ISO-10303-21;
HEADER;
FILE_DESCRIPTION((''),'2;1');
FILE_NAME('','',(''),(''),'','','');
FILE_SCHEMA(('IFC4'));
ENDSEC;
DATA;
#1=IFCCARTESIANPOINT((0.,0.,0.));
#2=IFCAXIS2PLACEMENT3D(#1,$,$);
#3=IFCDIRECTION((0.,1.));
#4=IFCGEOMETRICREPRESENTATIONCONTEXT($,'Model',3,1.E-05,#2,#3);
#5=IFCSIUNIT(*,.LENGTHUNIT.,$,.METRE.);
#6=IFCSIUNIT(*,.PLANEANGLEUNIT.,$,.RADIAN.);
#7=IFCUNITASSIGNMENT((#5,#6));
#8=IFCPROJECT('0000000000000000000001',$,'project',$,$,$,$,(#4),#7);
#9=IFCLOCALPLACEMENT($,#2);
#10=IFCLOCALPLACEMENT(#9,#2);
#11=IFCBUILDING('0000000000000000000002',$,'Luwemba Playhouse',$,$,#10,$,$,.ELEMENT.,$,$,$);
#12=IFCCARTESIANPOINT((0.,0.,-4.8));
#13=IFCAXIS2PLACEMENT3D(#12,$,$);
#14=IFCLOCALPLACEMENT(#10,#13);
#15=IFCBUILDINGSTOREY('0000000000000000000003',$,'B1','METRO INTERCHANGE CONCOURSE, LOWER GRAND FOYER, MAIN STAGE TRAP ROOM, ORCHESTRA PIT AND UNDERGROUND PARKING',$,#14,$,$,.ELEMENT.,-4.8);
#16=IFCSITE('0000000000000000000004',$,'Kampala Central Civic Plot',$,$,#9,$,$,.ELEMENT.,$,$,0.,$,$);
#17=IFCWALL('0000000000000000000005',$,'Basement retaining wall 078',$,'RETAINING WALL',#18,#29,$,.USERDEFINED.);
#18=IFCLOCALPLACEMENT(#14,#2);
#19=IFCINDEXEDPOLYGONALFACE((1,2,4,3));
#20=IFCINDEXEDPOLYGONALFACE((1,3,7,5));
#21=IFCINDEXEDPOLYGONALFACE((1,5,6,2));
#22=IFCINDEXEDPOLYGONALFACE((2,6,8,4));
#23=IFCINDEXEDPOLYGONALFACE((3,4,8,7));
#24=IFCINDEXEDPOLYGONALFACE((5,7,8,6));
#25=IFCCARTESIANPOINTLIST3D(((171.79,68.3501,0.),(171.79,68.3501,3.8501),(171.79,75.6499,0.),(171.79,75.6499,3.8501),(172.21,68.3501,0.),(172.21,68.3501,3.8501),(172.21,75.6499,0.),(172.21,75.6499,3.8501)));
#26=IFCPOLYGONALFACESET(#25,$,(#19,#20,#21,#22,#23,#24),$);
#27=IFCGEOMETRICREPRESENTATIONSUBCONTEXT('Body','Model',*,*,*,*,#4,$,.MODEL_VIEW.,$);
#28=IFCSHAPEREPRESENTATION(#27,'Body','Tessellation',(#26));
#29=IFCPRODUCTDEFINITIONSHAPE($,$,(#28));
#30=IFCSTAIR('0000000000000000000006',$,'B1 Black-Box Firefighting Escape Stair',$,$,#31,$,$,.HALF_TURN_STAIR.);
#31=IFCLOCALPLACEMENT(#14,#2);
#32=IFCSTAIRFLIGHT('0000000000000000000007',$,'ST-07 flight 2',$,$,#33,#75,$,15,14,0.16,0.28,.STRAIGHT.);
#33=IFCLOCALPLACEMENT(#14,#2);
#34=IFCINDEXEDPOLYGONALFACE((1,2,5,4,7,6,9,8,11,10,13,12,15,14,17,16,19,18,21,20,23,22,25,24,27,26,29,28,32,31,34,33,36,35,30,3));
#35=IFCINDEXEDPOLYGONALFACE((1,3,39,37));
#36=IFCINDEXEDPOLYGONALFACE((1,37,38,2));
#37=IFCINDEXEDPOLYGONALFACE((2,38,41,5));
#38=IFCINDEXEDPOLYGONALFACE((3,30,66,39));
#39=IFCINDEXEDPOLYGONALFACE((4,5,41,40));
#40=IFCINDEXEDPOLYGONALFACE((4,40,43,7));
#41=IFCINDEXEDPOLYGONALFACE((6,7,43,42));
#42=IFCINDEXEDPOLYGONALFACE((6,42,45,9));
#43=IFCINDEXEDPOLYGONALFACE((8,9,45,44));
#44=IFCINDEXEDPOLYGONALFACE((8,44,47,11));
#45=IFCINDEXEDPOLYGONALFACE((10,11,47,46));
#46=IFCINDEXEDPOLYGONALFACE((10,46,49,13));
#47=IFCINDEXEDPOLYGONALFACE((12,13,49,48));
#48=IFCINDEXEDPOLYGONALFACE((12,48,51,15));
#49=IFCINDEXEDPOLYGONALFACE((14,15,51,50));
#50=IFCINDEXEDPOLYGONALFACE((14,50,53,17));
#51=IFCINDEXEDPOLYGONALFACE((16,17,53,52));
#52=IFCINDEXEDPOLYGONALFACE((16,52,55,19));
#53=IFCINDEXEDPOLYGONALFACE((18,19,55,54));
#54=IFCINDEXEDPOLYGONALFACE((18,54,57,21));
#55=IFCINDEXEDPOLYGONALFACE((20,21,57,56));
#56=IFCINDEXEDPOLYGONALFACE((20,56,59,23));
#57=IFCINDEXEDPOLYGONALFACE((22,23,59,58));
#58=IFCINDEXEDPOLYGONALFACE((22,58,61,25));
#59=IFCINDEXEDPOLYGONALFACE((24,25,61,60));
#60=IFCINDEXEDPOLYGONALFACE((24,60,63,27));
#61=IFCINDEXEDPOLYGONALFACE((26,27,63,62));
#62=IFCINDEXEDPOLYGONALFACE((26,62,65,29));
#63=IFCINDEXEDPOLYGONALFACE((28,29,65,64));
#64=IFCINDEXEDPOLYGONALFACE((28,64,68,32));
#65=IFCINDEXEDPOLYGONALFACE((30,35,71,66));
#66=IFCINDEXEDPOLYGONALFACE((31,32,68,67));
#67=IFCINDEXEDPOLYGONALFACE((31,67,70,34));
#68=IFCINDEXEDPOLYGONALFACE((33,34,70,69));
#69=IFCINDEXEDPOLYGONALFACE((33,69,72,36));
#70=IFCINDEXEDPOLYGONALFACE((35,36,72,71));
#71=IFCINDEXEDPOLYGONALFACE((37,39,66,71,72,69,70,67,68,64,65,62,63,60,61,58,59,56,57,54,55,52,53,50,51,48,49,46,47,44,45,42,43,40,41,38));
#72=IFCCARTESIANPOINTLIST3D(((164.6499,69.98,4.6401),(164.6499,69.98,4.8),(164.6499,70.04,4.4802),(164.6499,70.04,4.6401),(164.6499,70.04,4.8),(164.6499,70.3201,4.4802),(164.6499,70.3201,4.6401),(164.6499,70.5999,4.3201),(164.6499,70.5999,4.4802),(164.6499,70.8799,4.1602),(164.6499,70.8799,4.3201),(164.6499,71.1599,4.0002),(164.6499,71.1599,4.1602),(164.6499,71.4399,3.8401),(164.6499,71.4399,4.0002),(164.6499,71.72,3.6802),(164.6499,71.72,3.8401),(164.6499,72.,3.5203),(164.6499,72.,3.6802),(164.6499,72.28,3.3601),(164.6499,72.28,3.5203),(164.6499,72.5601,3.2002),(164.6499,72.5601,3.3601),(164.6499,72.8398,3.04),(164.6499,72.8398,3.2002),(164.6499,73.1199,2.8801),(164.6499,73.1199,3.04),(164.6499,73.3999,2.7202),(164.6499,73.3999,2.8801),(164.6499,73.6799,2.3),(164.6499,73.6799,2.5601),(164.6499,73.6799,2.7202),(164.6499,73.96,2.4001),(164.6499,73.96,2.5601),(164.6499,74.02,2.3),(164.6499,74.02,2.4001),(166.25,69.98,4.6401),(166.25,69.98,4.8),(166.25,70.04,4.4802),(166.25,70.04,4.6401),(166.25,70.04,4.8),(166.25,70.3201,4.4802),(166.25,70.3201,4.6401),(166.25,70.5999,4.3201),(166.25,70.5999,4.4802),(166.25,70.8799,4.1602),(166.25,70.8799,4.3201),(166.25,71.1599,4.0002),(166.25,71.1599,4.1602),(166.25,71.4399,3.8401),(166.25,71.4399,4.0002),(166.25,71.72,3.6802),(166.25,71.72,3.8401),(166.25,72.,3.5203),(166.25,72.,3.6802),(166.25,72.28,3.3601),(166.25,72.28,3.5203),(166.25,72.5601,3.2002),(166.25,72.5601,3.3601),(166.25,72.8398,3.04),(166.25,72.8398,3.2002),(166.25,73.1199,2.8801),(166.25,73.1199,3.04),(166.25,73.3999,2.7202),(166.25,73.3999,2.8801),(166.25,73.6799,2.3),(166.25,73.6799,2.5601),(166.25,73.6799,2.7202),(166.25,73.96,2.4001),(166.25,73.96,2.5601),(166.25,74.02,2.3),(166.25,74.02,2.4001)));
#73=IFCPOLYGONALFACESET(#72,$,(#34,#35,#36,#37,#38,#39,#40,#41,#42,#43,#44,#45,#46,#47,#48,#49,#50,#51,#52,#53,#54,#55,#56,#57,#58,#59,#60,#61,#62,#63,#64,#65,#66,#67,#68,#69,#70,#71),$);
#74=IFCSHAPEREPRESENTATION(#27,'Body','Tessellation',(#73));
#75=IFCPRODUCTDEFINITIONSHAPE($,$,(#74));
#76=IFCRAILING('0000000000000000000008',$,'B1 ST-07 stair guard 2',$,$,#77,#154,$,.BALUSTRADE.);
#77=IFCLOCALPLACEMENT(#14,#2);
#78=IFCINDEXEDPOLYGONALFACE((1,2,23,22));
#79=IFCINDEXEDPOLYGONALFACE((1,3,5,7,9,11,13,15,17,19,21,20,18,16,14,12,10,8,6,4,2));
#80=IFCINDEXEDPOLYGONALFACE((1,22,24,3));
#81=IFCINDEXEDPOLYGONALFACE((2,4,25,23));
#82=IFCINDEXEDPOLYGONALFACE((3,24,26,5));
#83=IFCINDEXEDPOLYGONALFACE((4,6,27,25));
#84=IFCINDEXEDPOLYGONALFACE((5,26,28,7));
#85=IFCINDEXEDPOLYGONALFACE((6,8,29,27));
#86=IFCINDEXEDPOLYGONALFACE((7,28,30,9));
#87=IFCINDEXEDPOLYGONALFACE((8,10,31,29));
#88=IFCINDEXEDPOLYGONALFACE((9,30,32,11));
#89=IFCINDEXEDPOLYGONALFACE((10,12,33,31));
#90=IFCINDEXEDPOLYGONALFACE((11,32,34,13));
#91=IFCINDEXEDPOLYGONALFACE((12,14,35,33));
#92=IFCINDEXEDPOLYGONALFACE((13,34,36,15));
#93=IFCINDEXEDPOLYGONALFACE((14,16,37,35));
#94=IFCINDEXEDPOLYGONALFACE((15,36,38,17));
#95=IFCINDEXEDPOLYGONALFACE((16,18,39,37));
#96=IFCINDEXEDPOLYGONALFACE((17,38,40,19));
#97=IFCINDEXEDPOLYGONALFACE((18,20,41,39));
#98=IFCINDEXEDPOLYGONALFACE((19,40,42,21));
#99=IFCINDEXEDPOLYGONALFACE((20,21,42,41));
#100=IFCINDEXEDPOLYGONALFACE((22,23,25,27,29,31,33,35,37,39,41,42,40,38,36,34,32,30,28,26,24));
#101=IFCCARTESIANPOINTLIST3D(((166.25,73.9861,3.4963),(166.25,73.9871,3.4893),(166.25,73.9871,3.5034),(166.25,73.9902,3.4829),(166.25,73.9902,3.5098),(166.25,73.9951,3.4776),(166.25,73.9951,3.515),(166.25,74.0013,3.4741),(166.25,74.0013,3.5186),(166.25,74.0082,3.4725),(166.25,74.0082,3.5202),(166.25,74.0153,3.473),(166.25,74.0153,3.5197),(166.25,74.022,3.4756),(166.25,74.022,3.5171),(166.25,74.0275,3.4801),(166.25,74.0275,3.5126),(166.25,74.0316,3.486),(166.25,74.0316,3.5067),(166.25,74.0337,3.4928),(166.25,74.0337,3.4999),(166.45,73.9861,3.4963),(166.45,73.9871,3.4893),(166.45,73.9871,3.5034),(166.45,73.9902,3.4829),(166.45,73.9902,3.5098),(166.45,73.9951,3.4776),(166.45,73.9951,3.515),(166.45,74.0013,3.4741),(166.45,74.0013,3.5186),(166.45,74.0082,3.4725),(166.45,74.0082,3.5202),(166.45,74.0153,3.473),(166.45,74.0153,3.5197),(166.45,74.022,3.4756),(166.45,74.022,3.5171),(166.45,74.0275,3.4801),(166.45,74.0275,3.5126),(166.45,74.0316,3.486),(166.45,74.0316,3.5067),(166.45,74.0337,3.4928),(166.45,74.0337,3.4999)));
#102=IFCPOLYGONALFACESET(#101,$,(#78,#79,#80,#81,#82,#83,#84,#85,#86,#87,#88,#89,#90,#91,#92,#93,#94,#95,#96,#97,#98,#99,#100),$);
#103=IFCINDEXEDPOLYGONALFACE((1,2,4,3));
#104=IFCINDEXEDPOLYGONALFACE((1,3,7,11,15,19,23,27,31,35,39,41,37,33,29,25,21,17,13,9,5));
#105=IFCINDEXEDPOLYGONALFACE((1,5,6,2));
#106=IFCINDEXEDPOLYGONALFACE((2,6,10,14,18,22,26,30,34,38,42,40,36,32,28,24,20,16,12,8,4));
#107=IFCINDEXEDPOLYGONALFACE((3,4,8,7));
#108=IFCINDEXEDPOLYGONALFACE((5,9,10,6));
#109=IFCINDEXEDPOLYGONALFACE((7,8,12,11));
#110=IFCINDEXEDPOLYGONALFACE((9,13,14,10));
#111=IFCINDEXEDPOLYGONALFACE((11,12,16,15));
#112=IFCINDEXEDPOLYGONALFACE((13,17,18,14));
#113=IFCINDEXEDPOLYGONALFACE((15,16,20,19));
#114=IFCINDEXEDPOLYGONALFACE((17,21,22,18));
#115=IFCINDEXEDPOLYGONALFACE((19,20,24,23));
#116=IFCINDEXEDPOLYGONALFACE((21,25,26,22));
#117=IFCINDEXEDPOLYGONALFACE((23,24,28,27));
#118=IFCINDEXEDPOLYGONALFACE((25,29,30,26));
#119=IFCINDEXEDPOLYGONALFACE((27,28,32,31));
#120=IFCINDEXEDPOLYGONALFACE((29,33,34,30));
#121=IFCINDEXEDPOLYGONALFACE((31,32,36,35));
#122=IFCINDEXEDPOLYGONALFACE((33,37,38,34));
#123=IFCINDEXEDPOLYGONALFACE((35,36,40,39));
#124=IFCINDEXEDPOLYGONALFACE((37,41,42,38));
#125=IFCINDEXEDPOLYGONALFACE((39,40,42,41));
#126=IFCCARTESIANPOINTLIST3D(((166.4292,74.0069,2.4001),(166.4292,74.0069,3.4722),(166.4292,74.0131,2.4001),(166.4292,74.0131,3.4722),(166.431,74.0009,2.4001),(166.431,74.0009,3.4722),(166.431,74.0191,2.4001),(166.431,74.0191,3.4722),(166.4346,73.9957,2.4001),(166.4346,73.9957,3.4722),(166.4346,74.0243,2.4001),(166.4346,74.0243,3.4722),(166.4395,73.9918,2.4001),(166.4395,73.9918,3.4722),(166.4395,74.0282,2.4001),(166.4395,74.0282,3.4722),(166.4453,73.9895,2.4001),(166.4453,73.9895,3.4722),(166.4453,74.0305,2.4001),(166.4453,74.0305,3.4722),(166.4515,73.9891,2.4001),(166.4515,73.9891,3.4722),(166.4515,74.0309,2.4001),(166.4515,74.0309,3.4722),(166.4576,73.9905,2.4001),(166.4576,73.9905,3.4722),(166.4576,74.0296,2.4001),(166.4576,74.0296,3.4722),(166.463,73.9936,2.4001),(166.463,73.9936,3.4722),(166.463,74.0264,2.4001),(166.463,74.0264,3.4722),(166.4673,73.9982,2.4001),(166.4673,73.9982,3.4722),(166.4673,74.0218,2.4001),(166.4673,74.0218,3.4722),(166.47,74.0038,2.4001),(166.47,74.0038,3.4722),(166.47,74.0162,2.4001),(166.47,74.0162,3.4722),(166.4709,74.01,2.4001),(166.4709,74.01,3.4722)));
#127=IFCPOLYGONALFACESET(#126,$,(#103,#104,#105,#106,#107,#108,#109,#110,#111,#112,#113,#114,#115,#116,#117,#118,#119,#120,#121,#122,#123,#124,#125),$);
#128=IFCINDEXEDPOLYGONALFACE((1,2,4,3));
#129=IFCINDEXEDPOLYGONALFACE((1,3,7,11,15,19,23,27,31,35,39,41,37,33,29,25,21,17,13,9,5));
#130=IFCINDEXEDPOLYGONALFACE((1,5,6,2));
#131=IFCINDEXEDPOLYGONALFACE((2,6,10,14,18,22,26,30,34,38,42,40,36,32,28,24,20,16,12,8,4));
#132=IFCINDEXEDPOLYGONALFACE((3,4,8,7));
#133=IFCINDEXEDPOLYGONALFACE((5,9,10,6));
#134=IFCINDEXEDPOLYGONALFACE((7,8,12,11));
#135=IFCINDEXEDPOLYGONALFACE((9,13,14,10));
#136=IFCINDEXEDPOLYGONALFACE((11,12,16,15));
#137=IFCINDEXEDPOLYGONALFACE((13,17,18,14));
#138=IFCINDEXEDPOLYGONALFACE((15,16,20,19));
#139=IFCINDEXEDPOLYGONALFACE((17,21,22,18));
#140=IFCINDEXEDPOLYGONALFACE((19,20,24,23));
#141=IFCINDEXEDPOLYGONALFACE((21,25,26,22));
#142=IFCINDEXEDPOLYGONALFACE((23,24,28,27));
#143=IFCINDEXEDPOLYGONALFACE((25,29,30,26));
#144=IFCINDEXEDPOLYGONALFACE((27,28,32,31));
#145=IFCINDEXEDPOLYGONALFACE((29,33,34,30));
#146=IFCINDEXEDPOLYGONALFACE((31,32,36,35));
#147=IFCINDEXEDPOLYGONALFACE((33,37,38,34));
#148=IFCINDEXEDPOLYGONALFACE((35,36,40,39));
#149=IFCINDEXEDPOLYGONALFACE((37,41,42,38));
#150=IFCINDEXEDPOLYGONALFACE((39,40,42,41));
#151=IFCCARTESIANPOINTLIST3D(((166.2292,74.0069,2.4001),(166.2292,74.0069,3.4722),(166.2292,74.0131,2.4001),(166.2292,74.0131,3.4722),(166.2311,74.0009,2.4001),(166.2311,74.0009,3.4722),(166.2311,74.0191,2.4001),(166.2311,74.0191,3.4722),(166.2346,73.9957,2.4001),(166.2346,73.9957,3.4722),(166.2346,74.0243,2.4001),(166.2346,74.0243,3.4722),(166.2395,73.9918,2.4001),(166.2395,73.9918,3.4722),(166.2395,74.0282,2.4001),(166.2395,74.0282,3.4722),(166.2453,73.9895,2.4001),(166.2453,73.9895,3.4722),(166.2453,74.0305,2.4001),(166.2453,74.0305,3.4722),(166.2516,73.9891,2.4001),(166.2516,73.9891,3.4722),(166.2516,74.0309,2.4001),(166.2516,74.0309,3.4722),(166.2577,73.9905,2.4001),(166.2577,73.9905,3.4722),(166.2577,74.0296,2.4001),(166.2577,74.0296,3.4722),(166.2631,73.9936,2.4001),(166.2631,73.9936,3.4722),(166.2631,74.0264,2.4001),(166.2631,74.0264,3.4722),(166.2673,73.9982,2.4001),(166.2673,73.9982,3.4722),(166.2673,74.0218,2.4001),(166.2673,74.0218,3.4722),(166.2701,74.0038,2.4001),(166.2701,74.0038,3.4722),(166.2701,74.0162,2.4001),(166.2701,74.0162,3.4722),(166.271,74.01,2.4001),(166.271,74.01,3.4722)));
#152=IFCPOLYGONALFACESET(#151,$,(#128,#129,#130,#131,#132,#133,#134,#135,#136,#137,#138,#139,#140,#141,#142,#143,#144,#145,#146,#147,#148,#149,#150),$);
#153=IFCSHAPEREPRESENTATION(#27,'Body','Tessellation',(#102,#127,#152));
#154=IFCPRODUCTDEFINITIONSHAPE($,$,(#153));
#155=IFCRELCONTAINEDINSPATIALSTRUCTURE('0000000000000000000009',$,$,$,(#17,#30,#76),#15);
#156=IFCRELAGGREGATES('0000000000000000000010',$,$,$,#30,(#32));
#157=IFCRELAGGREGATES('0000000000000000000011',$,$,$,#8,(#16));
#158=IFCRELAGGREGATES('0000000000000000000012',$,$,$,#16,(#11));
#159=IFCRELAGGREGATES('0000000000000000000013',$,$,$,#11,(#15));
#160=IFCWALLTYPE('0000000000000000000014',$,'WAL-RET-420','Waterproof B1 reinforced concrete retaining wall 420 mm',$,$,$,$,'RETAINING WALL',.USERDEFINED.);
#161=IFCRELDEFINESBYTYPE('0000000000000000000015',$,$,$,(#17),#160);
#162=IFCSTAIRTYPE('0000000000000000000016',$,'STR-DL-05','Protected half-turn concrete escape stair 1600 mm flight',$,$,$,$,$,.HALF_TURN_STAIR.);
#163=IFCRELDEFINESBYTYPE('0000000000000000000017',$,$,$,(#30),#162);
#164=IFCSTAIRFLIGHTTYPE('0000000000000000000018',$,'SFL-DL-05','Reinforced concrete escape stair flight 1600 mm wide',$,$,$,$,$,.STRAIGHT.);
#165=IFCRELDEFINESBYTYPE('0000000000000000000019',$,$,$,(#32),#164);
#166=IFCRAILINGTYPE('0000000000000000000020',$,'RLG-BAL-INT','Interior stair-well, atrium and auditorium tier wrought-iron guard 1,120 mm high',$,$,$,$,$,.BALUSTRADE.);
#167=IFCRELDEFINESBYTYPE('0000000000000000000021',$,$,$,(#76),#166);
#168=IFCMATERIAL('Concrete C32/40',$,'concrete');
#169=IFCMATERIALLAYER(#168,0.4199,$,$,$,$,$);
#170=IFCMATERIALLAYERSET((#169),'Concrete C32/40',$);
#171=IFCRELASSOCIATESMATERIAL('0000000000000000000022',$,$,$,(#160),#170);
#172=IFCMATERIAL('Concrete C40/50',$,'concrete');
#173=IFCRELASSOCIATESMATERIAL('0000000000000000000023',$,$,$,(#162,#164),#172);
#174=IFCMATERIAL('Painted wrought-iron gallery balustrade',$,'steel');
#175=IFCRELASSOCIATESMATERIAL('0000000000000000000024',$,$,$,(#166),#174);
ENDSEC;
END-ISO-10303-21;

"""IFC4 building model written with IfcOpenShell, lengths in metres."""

from ifc_helpers import new_model, si_unit, direction, frame, frame_2d, origin, origin_2d, place, context, subcontext, project, spatial, polyline, rectangle, circle, outline, extrude, material, layer, layer_set, type_object, element, aggregate, save


model = new_model("IFC4")

# Units and contexts
model_context = context("Model", 3, precision=1e-05, world=origin(), true_north=direction((0.0, 1.0)))
body_context = subcontext(model_context, "Body", "Model", "MODEL_VIEW")
ifc_project = project(units=[si_unit("LENGTHUNIT", "METRE"), si_unit("PLANEANGLEUNIT", "RADIAN")], contexts=[model_context])

# Site, building, storey
site_placement = place(None, origin())
site = spatial("IfcSite", under=ifc_project, at=site_placement, Name="Kampala Central Civic Plot", CompositionType="ELEMENT", RefElevation=0.0)
building_placement = place(site_placement, origin())
building = spatial("IfcBuilding", under=site, at=building_placement, Name="Luwemba Playhouse", CompositionType="ELEMENT")
storey_placement = place(building_placement, frame((0.0, 0.0, -4.8)))
storey = spatial("IfcBuildingStorey", under=building, at=storey_placement, Name="B1", Description="METRO INTERCHANGE CONCOURSE, LOWER GRAND FOYER, MAIN STAGE TRAP ROOM, ORCHESTRA PIT AND UNDERGROUND PARKING", CompositionType="ELEMENT", Elevation=-4.8)

# Shared definitions
ifc_material_1 = material(Name="Concrete C32/40", Category="concrete")

# Shared definitions
ifc_material_2 = material(Name="Concrete C40/50", Category="concrete")

# Wall
ifc_layer_1 = layer(ifc_material_1, 0.4199)
ifc_layer_set_1 = layer_set([ifc_layer_1], Name="Concrete C32/40")
wall_type_1 = type_object("IfcWallType", Name="WAL-RET-420", Description="Waterproof B1 reinforced concrete retaining wall 420 mm", ElementType="RETAINING WALL", PredefinedType="USERDEFINED", material=ifc_layer_set_1)
wall_1_placement = place(storey_placement, frame((172.0, 75.6499, 0.0), z_axis=(0.0, 0.0, 1.0), x_axis=(0.0, -1.0, 0.0)))
element("IfcWall", 1, at=wall_1_placement, inside=storey, type_object=wall_type_1, Name="Basement retaining wall 078", ObjectType="RETAINING WALL", PredefinedType="USERDEFINED", context=body_context, shape_type="SweptSolid", body=[
    extrude(rectangle(XDim=7.2998, YDim=0.4199, at=frame_2d((3.6499, 0.0))), origin(), (0.0, 0.0, 1.0), 3.8501),
])

# Stair, stair flight
stair_type = type_object("IfcStairType", Name="STR-DL-05", Description="Protected half-turn concrete escape stair 1600 mm flight", PredefinedType="HALF_TURN_STAIR", material=ifc_material_2)
stair_placement = place(storey_placement, origin())
stair = element("IfcStair", 2, at=stair_placement, inside=storey, type_object=stair_type, Name="B1 Black-Box Firefighting Escape Stair", PredefinedType="HALF_TURN_STAIR")
stair_flight_type = type_object("IfcStairFlightType", Name="SFL-DL-05", Description="Reinforced concrete escape stair flight 1600 mm wide", PredefinedType="STRAIGHT", material=ifc_material_2)
stair_flight_placement = place(storey_placement, frame((165.45, 73.96, 2.4001), z_axis=(0.0, 0.0, 1.0), x_axis=(0.0, -1.0, 0.0)))
stair_flight = element("IfcStairFlight", 3, at=stair_flight_placement, type_object=stair_flight_type, Name="ST-07 flight 2", NumberOfRisers=15, NumberOfTreads=14, PredefinedType="STRAIGHT", RiserHeight=0.16, TreadLength=0.28, context=body_context, shape_type="SweptSolid", body=[
    extrude(outline(polyline([(-0.0601, -0.1001), (-0.0601, 0.0), (0.0, 0.0), (0.0, 0.1599), (0.28, 0.1599), (0.28, 0.3201), (0.5601, 0.3201), (0.5601, 0.48), (0.8401, 0.48), (0.8401, 0.6399), (1.1201, 0.6399), (1.1201, 0.8), (1.3999, 0.8), (1.3999, 0.96), (1.6799, 0.96), (1.6799, 1.1201), (1.96, 1.1201), (1.96, 1.28), (2.24, 1.28), (2.24, 1.4399), (2.52, 1.4399), (2.52, 1.6001), (2.8, 1.6001), (2.8, 1.76), (3.0801, 1.76), (3.0801, 1.9199), (3.3601, 1.9199), (3.3601, 2.0801), (3.6399, 2.0801), (3.6399, 2.24), (3.9199, 2.24), (3.9199, 2.3999), (3.98, 2.3999), (3.98, 2.24), (3.9199, 2.0801), (0.28, -0.1001), (-0.0601, -0.1001)])), frame((0.0, 0.8, 0.0), z_axis=(0.0, -1.0, 0.0), x_axis=(1.0, 0.0, 0.0)), (0.0, 0.0, 1.0), 1.6001),
])
aggregate(stair, [stair_flight])

# Railing
ifc_material_3 = material(Name="Painted wrought-iron gallery balustrade", Category="steel")
railing_type_1 = type_object("IfcRailingType", Name="RLG-BAL-INT", Description="Interior stair-well, atrium and auditorium tier wrought-iron guard 1,120 mm high", PredefinedType="BALUSTRADE", material=ifc_material_3)
railing_1_placement = place(storey_placement, frame((166.45, 74.01, 2.4001)))
element("IfcRailing", 4, at=railing_1_placement, inside=storey, type_object=railing_type_1, Name="B1 ST-07 stair guard 2", PredefinedType="BALUSTRADE", context=body_context, shape_type="SweptSolid", body=[
    extrude(circle(Radius=0.0239, at=origin_2d()), frame((0.0, 0.0, 1.0962), z_axis=(-1.0, 0.0, 0.0), x_axis=(0.0, -1.0, 0.0)), (0.0, 0.0, 1.0), 0.2),
    extrude(circle(Radius=0.021, at=origin_2d()), origin(), (0.0, 0.0, 1.0), 1.072),
    extrude(circle(Radius=0.021, at=origin_2d()), frame((-0.2, 0.0, 0.0)), (0.0, 0.0, 1.0), 1.072),
])

save(model, "model.ifc")
